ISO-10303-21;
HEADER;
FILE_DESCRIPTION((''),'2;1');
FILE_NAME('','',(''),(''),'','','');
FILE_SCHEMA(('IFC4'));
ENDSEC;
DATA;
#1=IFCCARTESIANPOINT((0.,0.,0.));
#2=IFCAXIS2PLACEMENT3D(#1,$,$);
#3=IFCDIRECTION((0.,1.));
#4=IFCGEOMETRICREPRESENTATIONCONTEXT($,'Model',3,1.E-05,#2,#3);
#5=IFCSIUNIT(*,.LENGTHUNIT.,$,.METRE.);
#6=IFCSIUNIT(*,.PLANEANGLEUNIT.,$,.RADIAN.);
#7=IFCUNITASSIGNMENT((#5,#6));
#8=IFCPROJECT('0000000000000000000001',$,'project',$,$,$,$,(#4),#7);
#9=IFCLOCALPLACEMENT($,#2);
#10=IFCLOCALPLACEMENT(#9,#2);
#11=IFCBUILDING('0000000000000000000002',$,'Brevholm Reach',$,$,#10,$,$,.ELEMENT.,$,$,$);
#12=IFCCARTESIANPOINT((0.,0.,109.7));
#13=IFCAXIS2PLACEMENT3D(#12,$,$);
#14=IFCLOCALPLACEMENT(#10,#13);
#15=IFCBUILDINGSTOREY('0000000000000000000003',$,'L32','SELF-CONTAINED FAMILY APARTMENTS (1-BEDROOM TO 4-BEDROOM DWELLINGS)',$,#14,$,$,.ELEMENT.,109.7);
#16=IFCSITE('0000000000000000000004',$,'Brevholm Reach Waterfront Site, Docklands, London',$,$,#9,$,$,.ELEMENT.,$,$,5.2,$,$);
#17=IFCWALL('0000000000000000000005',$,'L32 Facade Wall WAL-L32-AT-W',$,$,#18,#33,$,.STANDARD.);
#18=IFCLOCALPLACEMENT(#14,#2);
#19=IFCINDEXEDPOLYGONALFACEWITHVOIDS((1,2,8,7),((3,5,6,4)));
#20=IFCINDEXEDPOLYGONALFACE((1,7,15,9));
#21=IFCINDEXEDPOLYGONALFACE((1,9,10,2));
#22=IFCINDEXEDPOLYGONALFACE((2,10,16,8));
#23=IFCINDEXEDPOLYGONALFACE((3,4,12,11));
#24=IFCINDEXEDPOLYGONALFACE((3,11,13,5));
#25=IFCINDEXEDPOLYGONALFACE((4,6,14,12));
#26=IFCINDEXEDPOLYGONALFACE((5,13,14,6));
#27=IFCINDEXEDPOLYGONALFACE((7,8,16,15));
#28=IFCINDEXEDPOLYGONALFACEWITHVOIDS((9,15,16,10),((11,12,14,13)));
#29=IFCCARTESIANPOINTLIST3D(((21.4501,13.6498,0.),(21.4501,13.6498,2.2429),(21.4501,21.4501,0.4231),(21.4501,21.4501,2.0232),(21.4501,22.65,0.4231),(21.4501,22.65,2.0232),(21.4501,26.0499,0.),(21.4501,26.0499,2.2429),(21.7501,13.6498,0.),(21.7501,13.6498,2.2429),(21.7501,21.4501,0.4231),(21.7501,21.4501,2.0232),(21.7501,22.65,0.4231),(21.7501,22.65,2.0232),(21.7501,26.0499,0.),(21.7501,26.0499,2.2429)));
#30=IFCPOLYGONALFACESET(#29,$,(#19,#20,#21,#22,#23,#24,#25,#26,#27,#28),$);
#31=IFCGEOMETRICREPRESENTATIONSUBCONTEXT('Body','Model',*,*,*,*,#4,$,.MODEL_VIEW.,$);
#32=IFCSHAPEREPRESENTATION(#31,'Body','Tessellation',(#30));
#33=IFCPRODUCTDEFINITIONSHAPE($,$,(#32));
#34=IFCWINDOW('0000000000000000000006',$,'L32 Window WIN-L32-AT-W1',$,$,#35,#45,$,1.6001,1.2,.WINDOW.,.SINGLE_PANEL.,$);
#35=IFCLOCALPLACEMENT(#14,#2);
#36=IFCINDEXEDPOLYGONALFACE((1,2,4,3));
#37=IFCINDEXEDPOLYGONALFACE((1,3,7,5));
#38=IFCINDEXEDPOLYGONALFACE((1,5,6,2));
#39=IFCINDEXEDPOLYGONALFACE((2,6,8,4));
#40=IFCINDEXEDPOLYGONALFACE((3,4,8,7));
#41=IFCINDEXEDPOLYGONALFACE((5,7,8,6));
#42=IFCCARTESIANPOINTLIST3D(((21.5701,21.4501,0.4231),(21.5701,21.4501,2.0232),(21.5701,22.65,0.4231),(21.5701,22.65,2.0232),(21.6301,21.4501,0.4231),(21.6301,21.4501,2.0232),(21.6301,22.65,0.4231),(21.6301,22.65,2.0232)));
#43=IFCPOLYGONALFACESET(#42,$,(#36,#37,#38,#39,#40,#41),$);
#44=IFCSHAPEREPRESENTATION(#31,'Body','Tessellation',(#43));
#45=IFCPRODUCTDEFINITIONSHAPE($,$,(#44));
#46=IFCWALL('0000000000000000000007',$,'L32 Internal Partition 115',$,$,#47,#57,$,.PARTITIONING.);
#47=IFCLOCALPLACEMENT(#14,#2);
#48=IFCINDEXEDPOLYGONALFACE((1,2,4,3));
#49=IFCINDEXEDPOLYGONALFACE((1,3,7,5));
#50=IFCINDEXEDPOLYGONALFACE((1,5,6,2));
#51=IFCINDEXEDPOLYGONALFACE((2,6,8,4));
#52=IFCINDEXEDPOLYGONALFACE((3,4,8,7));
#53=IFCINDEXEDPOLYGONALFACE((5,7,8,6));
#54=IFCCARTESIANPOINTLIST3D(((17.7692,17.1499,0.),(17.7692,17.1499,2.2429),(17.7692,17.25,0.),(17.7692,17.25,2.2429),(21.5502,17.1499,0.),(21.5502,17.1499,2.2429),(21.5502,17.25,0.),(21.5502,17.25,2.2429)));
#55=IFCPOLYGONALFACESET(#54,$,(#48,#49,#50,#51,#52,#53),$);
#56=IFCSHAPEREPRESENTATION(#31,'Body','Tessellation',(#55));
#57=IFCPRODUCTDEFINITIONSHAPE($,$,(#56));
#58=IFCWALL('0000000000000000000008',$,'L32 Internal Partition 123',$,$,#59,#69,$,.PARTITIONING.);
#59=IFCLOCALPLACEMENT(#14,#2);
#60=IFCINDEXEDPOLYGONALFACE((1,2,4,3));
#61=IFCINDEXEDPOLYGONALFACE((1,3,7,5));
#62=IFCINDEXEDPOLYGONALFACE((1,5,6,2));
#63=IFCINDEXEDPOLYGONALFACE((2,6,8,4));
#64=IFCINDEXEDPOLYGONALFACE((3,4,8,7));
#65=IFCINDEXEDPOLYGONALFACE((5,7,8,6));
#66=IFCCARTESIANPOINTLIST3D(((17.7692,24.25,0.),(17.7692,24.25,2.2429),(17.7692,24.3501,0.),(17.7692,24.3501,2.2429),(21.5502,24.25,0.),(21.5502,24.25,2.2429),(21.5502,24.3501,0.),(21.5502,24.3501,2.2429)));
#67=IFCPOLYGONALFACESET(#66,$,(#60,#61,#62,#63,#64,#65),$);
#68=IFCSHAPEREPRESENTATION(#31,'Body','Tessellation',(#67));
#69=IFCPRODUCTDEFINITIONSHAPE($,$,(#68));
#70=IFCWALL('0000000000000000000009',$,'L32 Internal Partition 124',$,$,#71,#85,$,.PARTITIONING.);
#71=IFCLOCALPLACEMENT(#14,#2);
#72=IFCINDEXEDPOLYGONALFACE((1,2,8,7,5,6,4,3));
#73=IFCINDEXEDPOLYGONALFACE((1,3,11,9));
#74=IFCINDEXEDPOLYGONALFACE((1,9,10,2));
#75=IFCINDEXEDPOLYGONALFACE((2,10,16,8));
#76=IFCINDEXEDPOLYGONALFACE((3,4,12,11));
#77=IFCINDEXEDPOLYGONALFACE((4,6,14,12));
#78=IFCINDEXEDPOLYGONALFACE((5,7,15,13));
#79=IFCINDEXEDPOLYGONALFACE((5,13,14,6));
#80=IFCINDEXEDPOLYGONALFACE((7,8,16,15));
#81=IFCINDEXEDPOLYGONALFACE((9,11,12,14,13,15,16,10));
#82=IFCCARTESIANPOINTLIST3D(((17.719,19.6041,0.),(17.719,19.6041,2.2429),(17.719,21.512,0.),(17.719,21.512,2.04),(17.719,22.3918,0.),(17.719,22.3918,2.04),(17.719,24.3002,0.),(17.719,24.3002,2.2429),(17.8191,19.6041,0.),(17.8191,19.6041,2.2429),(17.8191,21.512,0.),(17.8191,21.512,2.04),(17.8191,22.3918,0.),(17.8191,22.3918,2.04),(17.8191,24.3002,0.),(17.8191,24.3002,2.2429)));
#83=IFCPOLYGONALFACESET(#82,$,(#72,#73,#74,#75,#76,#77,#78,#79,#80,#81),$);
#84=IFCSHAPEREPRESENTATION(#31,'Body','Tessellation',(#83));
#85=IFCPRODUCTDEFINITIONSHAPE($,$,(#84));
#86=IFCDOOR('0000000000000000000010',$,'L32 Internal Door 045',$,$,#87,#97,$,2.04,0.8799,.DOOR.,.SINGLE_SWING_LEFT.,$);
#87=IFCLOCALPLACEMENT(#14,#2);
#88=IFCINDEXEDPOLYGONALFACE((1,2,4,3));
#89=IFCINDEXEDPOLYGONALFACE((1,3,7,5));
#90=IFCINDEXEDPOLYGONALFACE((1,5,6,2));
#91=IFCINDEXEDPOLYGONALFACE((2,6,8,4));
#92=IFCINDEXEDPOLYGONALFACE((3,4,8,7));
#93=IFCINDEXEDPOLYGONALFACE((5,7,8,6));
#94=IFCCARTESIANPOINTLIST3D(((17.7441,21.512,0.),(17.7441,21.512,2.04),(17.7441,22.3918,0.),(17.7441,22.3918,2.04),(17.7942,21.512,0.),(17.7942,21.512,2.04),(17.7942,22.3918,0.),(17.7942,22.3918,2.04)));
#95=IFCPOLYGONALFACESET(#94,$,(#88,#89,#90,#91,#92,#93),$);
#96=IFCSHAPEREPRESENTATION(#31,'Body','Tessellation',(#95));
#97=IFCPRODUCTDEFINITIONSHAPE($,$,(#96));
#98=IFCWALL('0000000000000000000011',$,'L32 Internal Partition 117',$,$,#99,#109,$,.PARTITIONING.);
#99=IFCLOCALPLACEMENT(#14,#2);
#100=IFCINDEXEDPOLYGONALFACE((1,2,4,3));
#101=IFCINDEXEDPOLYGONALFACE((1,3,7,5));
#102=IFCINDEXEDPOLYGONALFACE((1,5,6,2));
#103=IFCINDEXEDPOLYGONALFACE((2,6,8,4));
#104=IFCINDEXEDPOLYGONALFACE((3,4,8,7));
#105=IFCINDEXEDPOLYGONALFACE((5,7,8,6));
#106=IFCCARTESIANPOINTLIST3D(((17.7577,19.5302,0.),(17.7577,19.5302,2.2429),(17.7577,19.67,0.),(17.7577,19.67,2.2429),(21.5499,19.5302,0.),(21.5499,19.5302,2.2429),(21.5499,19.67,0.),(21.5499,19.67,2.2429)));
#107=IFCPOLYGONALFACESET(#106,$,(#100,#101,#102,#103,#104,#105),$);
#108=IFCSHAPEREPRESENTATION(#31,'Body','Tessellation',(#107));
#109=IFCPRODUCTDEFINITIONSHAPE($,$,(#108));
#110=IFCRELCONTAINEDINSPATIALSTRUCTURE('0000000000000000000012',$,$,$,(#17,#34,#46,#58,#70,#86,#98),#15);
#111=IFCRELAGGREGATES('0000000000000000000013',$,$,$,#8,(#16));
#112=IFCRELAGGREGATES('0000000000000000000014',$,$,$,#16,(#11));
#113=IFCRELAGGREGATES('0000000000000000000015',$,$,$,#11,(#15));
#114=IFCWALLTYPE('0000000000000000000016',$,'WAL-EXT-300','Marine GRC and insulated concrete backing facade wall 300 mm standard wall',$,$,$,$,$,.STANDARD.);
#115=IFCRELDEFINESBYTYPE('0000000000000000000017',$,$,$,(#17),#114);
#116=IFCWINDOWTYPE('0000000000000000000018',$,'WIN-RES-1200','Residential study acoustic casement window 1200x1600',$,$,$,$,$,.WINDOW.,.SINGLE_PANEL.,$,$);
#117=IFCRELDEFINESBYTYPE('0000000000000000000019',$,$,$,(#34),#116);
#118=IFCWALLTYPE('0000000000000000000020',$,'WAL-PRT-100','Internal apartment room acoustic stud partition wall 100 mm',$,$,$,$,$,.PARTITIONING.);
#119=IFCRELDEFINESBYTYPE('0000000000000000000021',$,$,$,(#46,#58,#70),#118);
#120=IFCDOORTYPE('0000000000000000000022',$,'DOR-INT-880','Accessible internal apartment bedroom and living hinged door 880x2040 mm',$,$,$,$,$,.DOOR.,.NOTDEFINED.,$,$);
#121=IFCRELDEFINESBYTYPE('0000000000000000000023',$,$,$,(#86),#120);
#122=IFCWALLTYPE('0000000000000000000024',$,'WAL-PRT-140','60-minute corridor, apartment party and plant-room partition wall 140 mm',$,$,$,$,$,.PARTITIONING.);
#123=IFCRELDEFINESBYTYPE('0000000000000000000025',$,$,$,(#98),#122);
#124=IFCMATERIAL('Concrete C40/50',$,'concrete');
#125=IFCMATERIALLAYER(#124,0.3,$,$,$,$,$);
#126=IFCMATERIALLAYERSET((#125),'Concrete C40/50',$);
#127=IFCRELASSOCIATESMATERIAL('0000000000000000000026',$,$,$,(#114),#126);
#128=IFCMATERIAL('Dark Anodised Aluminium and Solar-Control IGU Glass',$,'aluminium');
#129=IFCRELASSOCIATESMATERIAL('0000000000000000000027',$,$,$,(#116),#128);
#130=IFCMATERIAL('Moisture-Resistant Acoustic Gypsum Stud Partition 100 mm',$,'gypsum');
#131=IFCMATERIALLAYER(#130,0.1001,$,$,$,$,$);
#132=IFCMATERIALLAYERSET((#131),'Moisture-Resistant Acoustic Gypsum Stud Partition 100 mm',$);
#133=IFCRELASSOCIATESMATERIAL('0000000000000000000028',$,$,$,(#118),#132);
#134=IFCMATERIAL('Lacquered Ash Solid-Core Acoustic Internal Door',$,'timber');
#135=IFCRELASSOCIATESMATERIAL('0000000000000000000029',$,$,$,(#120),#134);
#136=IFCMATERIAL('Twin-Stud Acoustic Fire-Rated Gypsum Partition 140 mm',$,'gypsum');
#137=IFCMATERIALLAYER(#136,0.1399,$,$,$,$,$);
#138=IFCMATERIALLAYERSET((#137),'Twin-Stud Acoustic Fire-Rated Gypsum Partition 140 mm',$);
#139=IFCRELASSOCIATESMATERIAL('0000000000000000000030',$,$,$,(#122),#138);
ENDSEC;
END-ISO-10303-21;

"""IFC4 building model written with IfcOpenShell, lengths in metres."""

from ifc_helpers import new_model, si_unit, direction, frame, frame_2d, origin, place, context, subcontext, project, spatial, rectangle, extrude, material, layer, layer_set, type_object, element, fill, save


model = new_model("IFC4")

# Units and contexts
model_context = context("Model", 3, precision=1e-05, world=origin(), true_north=direction((0.0, 1.0)))
body_context = subcontext(model_context, "Body", "Model", "MODEL_VIEW")
ifc_project = project(units=[si_unit("LENGTHUNIT", "METRE"), si_unit("PLANEANGLEUNIT", "RADIAN")], contexts=[model_context])

# Site, building, storey
site_placement = place(None, origin())
site = spatial("IfcSite", under=ifc_project, at=site_placement, Name="Brevholm Reach Waterfront Site, Docklands, London", CompositionType="ELEMENT", RefElevation=5.2)
building_placement = place(site_placement, origin())
building = spatial("IfcBuilding", under=site, at=building_placement, Name="Brevholm Reach", CompositionType="ELEMENT")
storey_placement = place(building_placement, frame((0.0, 0.0, 109.7)))
storey = spatial("IfcBuildingStorey", under=building, at=storey_placement, Name="L32", Description="SELF-CONTAINED FAMILY APARTMENTS (1-BEDROOM TO 4-BEDROOM DWELLINGS)", CompositionType="ELEMENT", Elevation=109.7)

# Wall, opening, window
ifc_material_1 = material(Name="Concrete C40/50", Category="concrete")
ifc_layer_1 = layer(ifc_material_1, 0.3)
ifc_layer_set_1 = layer_set([ifc_layer_1], Name="Concrete C40/50")
wall_type_1 = type_object("IfcWallType", Name="WAL-EXT-300", Description="Marine GRC and insulated concrete backing facade wall 300 mm standard wall", PredefinedType="STANDARD", material=ifc_layer_set_1)
wall_1_placement = place(storey_placement, frame((21.6001, 26.05, 0.0), z_axis=(0.0, 0.0, 1.0), x_axis=(0.0, -1.0, 0.0)))
wall_1 = element("IfcWall", 1, at=wall_1_placement, inside=storey, type_object=wall_type_1, Name="L32 Facade Wall WAL-L32-AT-W", PredefinedType="STANDARD", context=body_context, shape_type="SweptSolid", body=[
    extrude(rectangle(XDim=12.4001, YDim=0.3, at=frame_2d((6.2002, 0.0))), origin(), (0.0, 0.0, 1.0), 2.2429),
])
opening_1_placement = place(wall_1_placement, frame((3.3999, 0.0, 0.4231)))
opening_1 = element("IfcOpeningElement", 2, at=opening_1_placement, cuts=wall_1, PredefinedType="OPENING", context=body_context, shape_type="SweptSolid", body=[
    extrude(rectangle(XDim=1.2, YDim=1.6001, at=frame_2d((0.6001, 0.8))), frame((0.0, 0.1599, 0.0), z_axis=(0.0, -1.0, 0.0), x_axis=(1.0, 0.0, 0.0)), (0.0, 0.0, 1.0), 0.3201),
])
ifc_material_2 = material(Name="Dark Anodised Aluminium and Solar-Control IGU Glass", Category="aluminium")
window_type = type_object("IfcWindowType", Name="WIN-RES-1200", Description="Residential study acoustic casement window 1200x1600", PartitioningType="SINGLE_PANEL", PredefinedType="WINDOW", material=ifc_material_2)
window_placement = place(opening_1_placement, origin())
window = element("IfcWindow", 3, at=window_placement, inside=storey, type_object=window_type, Name="L32 Window WIN-L32-AT-W1", OverallHeight=1.6001, OverallWidth=1.2, PartitioningType="SINGLE_PANEL", PredefinedType="WINDOW", context=body_context, shape_type="SweptSolid", body=[
    extrude(rectangle(XDim=1.2, YDim=1.6001, at=frame_2d((0.6001, 0.8))), frame((0.0, 0.03, 0.0), z_axis=(0.0, -1.0, 0.0), x_axis=(1.0, 0.0, 0.0)), (0.0, 0.0, 1.0), 0.0601),
])
fill(opening_1, window)

# Walls
ifc_material_3 = material(Name="Moisture-Resistant Acoustic Gypsum Stud Partition 100 mm", Category="gypsum")
ifc_layer_2 = layer(ifc_material_3, 0.1001)
ifc_layer_set_2 = layer_set([ifc_layer_2], Name="Moisture-Resistant Acoustic Gypsum Stud Partition 100 mm")
wall_type_2 = type_object("IfcWallType", Name="WAL-PRT-100", Description="Internal apartment room acoustic stud partition wall 100 mm", PredefinedType="PARTITIONING", material=ifc_layer_set_2)
for number, where, z_axis, x_axis, name in (
    (4, (17.769, 17.2, 0.0), (0.0, 0.0, 1.0), (1.0, 0.0, 0.0), "L32 Internal Partition 115"),
    (5, (17.769, 24.3, 0.0), (0.0, 0.0, 1.0), (1.0, 0.0, 0.0), "L32 Internal Partition 123"),
):
    element("IfcWall", number, at=place(storey_placement, frame(where, z_axis=z_axis, x_axis=x_axis)), inside=storey, type_object=wall_type_2, Name=name, PredefinedType="PARTITIONING", context=body_context, shape_type="SweptSolid", body=[
        extrude(rectangle(XDim=3.781, YDim=0.1001, at=frame_2d((1.8906, 0.0))), origin(), (0.0, 0.0, 1.0), 2.2429),
    ])

# Wall, opening, door
wall_2_placement = place(storey_placement, frame((17.769, 19.604, 0.0), z_axis=(0.0, 0.0, 1.0), x_axis=(0.0, 1.0, 0.0)))
wall_2 = element("IfcWall", 6, at=wall_2_placement, inside=storey, type_object=wall_type_2, Name="L32 Internal Partition 124", PredefinedType="PARTITIONING", context=body_context, shape_type="SweptSolid", body=[
    extrude(rectangle(XDim=4.696, YDim=0.1001, at=frame_2d((2.3481, 0.0))), origin(), (0.0, 0.0, 1.0), 2.2429),
])
opening_2_placement = place(wall_2_placement, frame((1.908, 0.0, 0.0)))
opening_2 = element("IfcOpeningElement", 7, at=opening_2_placement, cuts=wall_2, PredefinedType="OPENING", context=body_context, shape_type="SweptSolid", body=[
    extrude(rectangle(XDim=0.8799, YDim=2.04, at=frame_2d((0.4399, 1.02))), frame((0.0, 0.0601, 0.0), z_axis=(0.0, -1.0, 0.0), x_axis=(1.0, 0.0, 0.0)), (0.0, 0.0, 1.0), 0.1201),
])
ifc_material_4 = material(Name="Lacquered Ash Solid-Core Acoustic Internal Door", Category="timber")
door_type = type_object("IfcDoorType", Name="DOR-INT-880", Description="Accessible internal apartment bedroom and living hinged door 880x2040 mm", OperationType="NOTDEFINED", PredefinedType="DOOR", material=ifc_material_4)
door_placement = place(opening_2_placement, origin())
door = element("IfcDoor", 8, at=door_placement, inside=storey, type_object=door_type, Name="L32 Internal Door 045", OperationType="SINGLE_SWING_LEFT", OverallHeight=2.04, OverallWidth=0.8799, PredefinedType="DOOR", context=body_context, shape_type="SweptSolid", body=[
    extrude(rectangle(XDim=0.8799, YDim=2.04, at=frame_2d((0.4399, 1.02))), frame((0.0, 0.0249, 0.0), z_axis=(0.0, -1.0, 0.0), x_axis=(1.0, 0.0, 0.0)), (0.0, 0.0, 1.0), 0.05),
])
fill(opening_2, door)

# Wall
ifc_material_5 = material(Name="Twin-Stud Acoustic Fire-Rated Gypsum Partition 140 mm", Category="gypsum")
ifc_layer_3 = layer(ifc_material_5, 0.1399)
ifc_layer_set_3 = layer_set([ifc_layer_3], Name="Twin-Stud Acoustic Fire-Rated Gypsum Partition 140 mm")
wall_type_3 = type_object("IfcWallType", Name="WAL-PRT-140", Description="60-minute corridor, apartment party and plant-room partition wall 140 mm", PredefinedType="PARTITIONING", material=ifc_layer_set_3)
wall_3_placement = place(storey_placement, frame((17.7578, 19.6001, 0.0), z_axis=(0.0, 0.0, 1.0), x_axis=(1.0, 0.0, 0.0)))
element("IfcWall", 9, at=wall_3_placement, inside=storey, type_object=wall_type_3, Name="L32 Internal Partition 117", PredefinedType="PARTITIONING", context=body_context, shape_type="SweptSolid", body=[
    extrude(rectangle(XDim=3.7922, YDim=0.1399, at=frame_2d((1.896, 0.0))), origin(), (0.0, 0.0, 1.0), 2.2429),
])

save(model, "model.ifc")
